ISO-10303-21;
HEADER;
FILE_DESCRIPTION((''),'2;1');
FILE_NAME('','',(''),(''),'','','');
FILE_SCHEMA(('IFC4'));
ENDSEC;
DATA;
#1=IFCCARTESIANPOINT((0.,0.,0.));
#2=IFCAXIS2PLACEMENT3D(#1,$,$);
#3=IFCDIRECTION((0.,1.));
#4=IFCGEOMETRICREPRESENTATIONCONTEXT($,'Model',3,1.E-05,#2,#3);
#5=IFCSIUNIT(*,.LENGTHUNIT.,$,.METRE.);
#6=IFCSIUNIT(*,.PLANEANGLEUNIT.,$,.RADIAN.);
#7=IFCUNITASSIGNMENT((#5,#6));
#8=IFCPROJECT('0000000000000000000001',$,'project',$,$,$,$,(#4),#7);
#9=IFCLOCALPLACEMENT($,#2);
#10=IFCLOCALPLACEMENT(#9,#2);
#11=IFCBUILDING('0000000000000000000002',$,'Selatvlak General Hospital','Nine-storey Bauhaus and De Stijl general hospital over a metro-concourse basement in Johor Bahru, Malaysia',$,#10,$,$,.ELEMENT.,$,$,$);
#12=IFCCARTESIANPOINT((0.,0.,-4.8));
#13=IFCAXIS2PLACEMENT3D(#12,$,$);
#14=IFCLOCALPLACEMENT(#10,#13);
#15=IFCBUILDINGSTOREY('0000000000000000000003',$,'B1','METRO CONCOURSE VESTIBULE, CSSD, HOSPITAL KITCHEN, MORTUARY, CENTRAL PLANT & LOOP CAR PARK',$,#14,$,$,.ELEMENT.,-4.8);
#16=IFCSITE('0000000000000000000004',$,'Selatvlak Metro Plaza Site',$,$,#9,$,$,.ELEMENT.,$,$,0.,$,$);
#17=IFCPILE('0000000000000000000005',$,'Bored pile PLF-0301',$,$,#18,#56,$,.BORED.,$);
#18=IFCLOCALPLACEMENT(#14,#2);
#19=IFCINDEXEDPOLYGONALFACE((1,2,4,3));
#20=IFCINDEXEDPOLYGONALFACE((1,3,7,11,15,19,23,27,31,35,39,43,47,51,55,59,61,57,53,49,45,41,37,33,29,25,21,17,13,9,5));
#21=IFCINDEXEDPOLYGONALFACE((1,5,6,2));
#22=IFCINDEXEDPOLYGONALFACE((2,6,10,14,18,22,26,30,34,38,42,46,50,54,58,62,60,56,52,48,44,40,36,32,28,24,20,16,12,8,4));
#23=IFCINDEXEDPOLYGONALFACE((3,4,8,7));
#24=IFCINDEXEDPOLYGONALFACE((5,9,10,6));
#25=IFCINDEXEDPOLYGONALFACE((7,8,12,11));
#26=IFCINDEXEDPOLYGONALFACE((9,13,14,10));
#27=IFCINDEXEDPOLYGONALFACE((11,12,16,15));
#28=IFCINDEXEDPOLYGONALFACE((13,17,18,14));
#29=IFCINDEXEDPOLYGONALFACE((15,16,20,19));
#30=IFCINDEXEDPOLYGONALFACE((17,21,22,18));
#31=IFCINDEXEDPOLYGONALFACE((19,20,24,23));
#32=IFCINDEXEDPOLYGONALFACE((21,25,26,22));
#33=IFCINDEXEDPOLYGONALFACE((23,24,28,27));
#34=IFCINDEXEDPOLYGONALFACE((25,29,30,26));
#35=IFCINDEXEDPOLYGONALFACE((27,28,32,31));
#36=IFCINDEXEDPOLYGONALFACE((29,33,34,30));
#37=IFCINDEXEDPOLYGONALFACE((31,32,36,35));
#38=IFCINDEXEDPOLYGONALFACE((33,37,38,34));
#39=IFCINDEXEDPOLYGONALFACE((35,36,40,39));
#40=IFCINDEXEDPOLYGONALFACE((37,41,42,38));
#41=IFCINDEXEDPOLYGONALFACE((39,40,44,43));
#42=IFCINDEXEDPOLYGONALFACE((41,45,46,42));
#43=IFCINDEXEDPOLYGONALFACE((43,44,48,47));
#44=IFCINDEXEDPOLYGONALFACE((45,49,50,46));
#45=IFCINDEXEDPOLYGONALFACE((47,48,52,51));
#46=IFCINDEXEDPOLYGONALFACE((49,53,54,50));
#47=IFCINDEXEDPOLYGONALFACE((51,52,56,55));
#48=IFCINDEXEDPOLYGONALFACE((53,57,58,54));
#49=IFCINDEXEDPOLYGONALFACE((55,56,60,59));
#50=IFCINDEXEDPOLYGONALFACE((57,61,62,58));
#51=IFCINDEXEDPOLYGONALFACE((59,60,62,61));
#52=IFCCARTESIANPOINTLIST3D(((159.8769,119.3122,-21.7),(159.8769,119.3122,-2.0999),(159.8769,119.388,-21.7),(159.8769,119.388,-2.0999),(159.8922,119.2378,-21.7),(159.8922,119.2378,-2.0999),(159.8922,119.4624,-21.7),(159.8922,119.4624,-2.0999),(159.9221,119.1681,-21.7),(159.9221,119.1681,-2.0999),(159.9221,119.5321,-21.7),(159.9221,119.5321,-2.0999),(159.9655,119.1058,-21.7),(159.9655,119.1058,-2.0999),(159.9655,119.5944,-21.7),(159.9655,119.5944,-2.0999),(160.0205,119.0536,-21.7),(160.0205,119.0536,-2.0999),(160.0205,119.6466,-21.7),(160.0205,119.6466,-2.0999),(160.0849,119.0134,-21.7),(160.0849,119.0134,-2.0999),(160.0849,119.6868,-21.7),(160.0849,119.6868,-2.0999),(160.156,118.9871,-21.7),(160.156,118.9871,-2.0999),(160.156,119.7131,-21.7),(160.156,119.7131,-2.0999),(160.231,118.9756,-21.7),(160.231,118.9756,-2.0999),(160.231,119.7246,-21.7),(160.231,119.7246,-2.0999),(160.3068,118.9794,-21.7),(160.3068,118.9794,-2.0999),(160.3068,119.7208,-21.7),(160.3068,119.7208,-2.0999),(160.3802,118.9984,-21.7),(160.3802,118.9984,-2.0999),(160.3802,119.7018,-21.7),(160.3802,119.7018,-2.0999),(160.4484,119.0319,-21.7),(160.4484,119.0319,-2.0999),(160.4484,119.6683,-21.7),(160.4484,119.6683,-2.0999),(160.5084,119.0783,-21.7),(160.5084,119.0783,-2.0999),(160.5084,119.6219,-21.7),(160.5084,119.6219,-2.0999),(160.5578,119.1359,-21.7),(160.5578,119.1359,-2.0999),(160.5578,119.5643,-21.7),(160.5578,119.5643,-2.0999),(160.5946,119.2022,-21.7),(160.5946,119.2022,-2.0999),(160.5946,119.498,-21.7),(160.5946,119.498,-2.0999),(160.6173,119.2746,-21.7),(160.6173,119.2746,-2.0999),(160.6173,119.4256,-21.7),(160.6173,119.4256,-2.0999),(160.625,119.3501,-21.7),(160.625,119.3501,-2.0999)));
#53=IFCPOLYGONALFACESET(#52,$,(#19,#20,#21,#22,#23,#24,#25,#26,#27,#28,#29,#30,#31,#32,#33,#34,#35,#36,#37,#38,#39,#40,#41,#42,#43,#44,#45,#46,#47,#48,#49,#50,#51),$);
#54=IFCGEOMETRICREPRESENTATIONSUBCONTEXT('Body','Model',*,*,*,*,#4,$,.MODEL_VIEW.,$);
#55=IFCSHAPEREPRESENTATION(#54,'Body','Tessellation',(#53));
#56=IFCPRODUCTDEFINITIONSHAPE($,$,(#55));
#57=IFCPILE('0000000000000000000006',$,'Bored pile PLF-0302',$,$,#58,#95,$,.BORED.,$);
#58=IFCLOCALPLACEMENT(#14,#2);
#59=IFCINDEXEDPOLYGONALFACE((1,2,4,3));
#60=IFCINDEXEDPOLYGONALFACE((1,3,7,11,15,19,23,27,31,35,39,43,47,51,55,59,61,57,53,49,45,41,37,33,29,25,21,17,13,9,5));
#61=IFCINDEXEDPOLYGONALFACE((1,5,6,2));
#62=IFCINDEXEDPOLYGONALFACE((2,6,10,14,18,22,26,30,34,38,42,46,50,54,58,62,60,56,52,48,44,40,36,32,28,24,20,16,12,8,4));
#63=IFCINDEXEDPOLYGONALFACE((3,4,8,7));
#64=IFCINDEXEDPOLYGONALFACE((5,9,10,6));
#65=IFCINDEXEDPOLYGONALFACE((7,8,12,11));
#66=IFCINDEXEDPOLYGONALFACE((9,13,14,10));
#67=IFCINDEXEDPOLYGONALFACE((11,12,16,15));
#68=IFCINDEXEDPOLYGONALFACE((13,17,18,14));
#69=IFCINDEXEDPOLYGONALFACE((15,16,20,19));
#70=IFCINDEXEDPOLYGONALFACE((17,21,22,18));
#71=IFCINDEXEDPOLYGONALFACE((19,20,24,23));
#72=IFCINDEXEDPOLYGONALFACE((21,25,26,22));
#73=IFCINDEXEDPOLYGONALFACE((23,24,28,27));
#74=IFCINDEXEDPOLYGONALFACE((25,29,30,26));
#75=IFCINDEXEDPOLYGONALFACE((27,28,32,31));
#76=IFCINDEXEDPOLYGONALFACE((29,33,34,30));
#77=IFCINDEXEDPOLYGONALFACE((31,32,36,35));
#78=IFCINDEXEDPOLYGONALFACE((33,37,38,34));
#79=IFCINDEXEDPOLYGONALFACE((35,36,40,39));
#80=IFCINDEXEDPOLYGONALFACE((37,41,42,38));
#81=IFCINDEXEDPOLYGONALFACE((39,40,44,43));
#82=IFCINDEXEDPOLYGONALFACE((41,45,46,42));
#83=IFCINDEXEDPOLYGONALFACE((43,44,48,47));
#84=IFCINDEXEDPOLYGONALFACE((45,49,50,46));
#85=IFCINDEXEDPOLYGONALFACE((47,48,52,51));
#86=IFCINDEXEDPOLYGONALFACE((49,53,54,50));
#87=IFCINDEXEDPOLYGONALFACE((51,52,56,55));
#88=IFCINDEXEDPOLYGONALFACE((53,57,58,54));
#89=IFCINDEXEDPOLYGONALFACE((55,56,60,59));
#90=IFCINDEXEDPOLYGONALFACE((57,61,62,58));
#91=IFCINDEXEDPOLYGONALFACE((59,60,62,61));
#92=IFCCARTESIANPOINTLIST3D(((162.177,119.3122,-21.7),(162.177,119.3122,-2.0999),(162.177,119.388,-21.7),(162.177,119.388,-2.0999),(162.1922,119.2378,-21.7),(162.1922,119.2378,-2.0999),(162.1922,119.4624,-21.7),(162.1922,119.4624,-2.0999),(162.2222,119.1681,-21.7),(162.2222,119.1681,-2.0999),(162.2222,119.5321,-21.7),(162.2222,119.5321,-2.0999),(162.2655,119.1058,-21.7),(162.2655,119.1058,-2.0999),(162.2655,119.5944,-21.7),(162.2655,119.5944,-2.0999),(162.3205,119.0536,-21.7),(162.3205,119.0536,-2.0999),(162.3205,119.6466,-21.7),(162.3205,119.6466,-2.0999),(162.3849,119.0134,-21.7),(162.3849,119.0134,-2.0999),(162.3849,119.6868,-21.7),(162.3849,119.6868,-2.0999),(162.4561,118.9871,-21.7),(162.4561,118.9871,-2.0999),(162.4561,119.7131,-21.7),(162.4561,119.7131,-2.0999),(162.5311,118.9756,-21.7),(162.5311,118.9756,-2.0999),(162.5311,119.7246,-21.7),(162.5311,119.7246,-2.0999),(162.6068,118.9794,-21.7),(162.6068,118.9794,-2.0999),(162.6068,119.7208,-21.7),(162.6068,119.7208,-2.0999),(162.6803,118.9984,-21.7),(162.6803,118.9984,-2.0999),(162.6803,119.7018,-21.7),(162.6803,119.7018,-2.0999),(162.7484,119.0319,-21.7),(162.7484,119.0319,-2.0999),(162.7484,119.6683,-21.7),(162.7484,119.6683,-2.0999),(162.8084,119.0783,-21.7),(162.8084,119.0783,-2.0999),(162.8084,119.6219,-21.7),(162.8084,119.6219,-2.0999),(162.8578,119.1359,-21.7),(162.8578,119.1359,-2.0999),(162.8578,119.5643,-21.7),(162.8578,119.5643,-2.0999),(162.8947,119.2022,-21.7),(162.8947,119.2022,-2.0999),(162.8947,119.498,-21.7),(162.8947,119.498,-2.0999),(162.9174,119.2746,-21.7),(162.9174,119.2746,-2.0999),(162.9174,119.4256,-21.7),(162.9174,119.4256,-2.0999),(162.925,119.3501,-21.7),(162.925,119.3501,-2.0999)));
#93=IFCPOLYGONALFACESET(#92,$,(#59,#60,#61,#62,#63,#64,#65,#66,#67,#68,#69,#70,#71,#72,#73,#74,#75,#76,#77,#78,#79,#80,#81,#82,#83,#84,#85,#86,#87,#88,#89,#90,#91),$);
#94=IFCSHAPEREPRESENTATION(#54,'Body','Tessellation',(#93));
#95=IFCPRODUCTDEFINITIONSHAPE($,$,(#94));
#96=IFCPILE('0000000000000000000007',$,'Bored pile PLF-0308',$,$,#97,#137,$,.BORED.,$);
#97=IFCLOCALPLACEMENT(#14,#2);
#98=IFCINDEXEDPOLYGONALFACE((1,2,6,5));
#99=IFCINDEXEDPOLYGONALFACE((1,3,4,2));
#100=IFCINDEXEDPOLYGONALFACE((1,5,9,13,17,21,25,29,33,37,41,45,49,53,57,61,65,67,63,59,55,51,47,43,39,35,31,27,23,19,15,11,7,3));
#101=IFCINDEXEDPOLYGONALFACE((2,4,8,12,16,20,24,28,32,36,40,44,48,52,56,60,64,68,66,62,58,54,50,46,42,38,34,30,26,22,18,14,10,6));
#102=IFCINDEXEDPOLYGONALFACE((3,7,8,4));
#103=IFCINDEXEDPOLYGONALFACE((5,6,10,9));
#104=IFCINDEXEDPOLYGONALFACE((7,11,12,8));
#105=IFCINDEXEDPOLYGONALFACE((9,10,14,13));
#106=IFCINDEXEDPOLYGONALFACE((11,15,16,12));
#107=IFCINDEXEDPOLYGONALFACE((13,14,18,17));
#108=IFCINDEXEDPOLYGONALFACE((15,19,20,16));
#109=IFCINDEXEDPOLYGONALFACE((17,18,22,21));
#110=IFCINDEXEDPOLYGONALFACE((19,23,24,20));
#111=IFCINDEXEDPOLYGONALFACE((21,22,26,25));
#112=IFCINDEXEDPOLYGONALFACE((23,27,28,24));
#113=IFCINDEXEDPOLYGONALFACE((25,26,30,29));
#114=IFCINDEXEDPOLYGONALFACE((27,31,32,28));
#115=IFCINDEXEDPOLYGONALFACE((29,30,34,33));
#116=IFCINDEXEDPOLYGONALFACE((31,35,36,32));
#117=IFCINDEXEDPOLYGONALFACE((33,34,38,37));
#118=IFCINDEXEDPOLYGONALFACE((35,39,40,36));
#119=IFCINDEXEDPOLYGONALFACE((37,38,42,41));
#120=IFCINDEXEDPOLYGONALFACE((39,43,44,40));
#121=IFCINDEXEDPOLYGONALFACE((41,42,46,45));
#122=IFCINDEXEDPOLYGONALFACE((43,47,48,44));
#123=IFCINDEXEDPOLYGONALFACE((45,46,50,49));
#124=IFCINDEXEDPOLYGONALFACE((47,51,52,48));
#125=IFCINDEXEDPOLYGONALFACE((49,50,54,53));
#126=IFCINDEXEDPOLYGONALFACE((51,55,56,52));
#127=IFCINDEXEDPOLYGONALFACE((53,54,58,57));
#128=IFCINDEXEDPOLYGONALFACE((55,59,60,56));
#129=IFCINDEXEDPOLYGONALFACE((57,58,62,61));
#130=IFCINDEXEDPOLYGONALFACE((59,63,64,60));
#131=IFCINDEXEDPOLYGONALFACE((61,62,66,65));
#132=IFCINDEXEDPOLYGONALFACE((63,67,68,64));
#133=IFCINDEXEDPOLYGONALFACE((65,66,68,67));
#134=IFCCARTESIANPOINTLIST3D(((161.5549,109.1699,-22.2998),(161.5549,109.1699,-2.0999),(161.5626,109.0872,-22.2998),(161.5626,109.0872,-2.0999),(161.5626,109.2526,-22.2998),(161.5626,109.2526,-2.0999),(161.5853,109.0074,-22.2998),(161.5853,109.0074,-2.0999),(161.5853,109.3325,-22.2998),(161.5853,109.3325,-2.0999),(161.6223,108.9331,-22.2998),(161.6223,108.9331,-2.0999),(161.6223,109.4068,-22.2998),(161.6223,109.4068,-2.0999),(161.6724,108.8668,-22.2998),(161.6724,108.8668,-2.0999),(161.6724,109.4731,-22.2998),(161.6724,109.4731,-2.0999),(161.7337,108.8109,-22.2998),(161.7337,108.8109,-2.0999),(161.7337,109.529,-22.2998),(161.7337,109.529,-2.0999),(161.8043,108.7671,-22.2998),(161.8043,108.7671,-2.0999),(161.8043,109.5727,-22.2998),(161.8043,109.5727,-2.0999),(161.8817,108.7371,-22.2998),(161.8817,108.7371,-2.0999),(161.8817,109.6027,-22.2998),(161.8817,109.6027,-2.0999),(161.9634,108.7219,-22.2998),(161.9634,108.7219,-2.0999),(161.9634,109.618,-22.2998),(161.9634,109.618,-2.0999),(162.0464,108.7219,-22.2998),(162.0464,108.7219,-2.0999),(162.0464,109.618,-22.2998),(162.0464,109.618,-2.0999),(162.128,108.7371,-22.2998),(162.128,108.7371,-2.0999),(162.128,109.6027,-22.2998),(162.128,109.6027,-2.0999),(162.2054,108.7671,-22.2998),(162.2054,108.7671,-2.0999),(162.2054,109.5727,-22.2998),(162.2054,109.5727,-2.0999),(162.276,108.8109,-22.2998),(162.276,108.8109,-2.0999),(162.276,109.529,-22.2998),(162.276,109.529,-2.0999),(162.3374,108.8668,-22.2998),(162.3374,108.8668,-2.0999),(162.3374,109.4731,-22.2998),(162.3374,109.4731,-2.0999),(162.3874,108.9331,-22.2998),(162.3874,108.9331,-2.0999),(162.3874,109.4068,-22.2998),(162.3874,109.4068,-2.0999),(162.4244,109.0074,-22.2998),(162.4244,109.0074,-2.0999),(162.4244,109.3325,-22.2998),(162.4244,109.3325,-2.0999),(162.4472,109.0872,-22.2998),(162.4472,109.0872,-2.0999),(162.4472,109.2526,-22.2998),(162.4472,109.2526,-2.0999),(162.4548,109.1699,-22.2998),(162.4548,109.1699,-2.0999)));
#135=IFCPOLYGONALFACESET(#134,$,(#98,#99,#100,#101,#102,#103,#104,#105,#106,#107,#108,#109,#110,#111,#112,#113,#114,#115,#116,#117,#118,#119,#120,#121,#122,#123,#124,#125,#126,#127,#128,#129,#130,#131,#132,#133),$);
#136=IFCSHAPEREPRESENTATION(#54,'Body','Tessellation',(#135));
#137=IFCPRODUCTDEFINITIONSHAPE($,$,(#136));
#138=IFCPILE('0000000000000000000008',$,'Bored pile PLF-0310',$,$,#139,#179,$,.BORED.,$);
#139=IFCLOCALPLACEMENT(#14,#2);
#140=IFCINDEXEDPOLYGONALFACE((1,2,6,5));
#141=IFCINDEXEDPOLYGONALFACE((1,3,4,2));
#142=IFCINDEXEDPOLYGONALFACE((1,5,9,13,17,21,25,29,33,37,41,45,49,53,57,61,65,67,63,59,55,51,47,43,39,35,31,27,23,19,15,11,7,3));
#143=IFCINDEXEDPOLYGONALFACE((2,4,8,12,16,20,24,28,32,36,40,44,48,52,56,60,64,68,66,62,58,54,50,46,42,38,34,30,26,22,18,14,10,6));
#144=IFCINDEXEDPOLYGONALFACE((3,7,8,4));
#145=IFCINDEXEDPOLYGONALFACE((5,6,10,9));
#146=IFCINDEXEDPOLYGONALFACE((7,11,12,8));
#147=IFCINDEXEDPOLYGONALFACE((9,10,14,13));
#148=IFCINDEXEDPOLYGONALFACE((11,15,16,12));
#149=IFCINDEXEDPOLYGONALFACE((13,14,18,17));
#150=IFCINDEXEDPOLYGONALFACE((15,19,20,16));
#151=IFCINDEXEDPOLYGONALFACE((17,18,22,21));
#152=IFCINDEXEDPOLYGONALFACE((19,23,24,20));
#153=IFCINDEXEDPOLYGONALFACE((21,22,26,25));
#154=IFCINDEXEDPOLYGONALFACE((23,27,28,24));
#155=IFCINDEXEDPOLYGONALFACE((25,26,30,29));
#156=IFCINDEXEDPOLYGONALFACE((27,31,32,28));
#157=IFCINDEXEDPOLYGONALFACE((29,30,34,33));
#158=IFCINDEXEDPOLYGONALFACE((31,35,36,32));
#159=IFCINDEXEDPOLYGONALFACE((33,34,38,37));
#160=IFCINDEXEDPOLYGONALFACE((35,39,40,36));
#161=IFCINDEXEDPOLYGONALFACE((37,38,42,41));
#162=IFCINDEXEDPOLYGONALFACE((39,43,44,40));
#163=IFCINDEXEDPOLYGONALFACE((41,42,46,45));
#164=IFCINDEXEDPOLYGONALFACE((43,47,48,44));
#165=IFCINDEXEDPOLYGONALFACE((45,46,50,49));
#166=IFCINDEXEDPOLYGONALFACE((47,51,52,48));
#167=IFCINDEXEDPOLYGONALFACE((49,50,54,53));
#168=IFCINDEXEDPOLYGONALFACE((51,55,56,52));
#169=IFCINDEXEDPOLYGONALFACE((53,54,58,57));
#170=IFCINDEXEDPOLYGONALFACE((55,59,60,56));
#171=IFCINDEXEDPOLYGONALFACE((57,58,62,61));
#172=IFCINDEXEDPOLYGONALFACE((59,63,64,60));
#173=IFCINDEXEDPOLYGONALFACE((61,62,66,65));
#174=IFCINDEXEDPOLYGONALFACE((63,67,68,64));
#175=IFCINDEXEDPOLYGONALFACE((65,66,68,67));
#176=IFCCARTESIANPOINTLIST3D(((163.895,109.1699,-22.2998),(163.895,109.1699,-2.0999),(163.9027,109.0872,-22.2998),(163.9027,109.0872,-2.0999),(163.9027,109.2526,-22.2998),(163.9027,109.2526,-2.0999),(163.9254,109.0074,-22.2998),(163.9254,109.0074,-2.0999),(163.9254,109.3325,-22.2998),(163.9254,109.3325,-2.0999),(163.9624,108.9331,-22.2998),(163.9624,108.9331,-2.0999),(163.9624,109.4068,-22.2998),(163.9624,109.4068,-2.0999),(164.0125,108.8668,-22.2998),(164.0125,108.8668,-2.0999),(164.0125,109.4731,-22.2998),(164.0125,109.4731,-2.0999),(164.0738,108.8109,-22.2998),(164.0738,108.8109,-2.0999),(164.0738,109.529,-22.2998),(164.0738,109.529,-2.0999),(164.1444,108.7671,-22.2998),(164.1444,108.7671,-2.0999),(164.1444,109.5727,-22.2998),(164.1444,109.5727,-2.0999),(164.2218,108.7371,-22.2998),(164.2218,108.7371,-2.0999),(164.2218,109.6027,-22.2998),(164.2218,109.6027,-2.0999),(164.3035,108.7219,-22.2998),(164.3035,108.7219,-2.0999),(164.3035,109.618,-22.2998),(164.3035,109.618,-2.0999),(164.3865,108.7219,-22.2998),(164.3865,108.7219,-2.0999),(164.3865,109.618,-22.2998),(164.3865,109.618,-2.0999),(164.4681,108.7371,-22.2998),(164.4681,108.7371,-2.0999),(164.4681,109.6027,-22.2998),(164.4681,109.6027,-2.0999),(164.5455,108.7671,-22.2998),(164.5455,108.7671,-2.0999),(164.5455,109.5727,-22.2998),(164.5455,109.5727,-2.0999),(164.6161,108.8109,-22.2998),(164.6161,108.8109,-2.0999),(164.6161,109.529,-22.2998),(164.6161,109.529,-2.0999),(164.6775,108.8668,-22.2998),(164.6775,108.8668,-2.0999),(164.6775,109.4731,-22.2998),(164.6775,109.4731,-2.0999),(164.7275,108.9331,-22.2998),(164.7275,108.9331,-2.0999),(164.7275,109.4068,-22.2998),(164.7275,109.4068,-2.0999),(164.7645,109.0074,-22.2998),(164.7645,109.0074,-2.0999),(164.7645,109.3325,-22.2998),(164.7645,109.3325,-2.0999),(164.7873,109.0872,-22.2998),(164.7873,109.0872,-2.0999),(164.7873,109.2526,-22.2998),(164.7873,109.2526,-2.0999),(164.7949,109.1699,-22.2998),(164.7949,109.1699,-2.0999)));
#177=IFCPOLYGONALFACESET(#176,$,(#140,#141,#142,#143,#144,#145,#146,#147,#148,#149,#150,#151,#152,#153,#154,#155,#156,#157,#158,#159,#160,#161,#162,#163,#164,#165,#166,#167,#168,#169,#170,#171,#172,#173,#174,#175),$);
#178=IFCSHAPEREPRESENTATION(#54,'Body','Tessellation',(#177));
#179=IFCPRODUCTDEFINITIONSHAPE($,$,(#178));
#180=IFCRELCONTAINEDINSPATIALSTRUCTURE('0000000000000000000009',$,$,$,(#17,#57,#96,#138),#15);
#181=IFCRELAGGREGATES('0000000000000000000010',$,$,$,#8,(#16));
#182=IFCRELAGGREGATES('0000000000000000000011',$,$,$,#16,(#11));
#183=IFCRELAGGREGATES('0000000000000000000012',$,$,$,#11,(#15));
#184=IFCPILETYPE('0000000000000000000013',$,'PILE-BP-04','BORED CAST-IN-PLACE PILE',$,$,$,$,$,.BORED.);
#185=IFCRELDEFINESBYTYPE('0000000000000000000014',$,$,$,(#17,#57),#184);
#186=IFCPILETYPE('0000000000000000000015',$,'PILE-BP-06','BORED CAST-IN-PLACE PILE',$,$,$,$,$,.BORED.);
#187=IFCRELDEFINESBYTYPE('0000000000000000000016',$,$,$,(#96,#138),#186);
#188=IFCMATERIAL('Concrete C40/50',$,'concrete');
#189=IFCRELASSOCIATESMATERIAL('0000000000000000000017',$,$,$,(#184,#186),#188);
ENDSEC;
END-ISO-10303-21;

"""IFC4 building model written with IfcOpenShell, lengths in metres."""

from ifc_helpers import new_model, si_unit, direction, frame, origin, origin_2d, place, context, subcontext, project, spatial, circle, extrude, material, material_profile, profile_set, type_object, element, save


model = new_model("IFC4")

# Units and contexts
model_context = context("Model", 3, precision=1e-05, world=origin(), true_north=direction((0.0, 1.0)))
body_context = subcontext(model_context, "Body", "Model", "MODEL_VIEW")
ifc_project = project(units=[si_unit("LENGTHUNIT", "METRE"), si_unit("PLANEANGLEUNIT", "RADIAN")], contexts=[model_context])

# Site, building, storey
site_placement = place(None, origin())
site = spatial("IfcSite", under=ifc_project, at=site_placement, Name="Selatvlak Metro Plaza Site", CompositionType="ELEMENT", RefElevation=0.0)
building_placement = place(site_placement, origin())
building = spatial("IfcBuilding", under=site, at=building_placement, Name="Selatvlak General Hospital", Description="Nine-storey Bauhaus and De Stijl general hospital over a metro-concourse basement in Johor Bahru, Malaysia", CompositionType="ELEMENT")
storey_placement = place(building_placement, frame((0.0, 0.0, -4.8)))
storey = spatial("IfcBuildingStorey", under=building, at=storey_placement, Name="B1", Description="METRO CONCOURSE VESTIBULE, CSSD, HOSPITAL KITCHEN, MORTUARY, CENTRAL PLANT & LOOP CAR PARK", CompositionType="ELEMENT", Elevation=-4.8)

# Shared definitions
ifc_material_1 = material(Name="Concrete C40/50", Category="concrete")

# Piles
ifc_material_profile_1 = material_profile(ifc_material_1, circle(Radius=0.375, at=origin_2d()), Name="BORED PILE 750")
ifc_profile_set_1 = profile_set([ifc_material_profile_1], Name="Concrete C40/50")
pile_type_1 = type_object("IfcPileType", Name="PILE-BP-04", Description="BORED CAST-IN-PLACE PILE", PredefinedType="BORED", material=ifc_profile_set_1)
for number, where, z_axis, x_axis, name in (
    (1, (160.25, 119.3501, -2.0999), (0.0, 0.0, -1.0), (1.0, 0.0, 0.0), "Bored pile PLF-0301"),
    (2, (162.55, 119.3501, -2.0999), (0.0, 0.0, -1.0), (1.0, 0.0, 0.0), "Bored pile PLF-0302"),
):
    element("IfcPile", number, at=place(storey_placement, frame(where, z_axis=z_axis, x_axis=x_axis)), inside=storey, type_object=pile_type_1, Name=name, PredefinedType="BORED", context=body_context, shape_type="SweptSolid", body=[
        extrude(circle(Radius=0.375, at=origin_2d()), origin(), (0.0, 0.0, 1.0), 19.6001),
    ])
ifc_material_profile_2 = material_profile(ifc_material_1, circle(Radius=0.45, at=origin_2d()), Name="BORED PILE 900")
ifc_profile_set_2 = profile_set([ifc_material_profile_2], Name="Concrete C40/50")
pile_type_2 = type_object("IfcPileType", Name="PILE-BP-06", Description="BORED CAST-IN-PLACE PILE", PredefinedType="BORED", material=ifc_profile_set_2)
for number, where, z_axis, x_axis, name in (
    (3, (162.0049, 109.1699, -2.0999), (0.0, 0.0, -1.0), (1.0, 0.0, 0.0), "Bored pile PLF-0308"),
    (4, (164.345, 109.1699, -2.0999), (0.0, 0.0, -1.0), (1.0, 0.0, 0.0), "Bored pile PLF-0310"),
):
    element("IfcPile", number, at=place(storey_placement, frame(where, z_axis=z_axis, x_axis=x_axis)), inside=storey, type_object=pile_type_2, Name=name, PredefinedType="BORED", context=body_context, shape_type="SweptSolid", body=[
        extrude(circle(Radius=0.45, at=origin_2d()), origin(), (0.0, 0.0, 1.0), 20.2),
    ])

save(model, "model.ifc")
